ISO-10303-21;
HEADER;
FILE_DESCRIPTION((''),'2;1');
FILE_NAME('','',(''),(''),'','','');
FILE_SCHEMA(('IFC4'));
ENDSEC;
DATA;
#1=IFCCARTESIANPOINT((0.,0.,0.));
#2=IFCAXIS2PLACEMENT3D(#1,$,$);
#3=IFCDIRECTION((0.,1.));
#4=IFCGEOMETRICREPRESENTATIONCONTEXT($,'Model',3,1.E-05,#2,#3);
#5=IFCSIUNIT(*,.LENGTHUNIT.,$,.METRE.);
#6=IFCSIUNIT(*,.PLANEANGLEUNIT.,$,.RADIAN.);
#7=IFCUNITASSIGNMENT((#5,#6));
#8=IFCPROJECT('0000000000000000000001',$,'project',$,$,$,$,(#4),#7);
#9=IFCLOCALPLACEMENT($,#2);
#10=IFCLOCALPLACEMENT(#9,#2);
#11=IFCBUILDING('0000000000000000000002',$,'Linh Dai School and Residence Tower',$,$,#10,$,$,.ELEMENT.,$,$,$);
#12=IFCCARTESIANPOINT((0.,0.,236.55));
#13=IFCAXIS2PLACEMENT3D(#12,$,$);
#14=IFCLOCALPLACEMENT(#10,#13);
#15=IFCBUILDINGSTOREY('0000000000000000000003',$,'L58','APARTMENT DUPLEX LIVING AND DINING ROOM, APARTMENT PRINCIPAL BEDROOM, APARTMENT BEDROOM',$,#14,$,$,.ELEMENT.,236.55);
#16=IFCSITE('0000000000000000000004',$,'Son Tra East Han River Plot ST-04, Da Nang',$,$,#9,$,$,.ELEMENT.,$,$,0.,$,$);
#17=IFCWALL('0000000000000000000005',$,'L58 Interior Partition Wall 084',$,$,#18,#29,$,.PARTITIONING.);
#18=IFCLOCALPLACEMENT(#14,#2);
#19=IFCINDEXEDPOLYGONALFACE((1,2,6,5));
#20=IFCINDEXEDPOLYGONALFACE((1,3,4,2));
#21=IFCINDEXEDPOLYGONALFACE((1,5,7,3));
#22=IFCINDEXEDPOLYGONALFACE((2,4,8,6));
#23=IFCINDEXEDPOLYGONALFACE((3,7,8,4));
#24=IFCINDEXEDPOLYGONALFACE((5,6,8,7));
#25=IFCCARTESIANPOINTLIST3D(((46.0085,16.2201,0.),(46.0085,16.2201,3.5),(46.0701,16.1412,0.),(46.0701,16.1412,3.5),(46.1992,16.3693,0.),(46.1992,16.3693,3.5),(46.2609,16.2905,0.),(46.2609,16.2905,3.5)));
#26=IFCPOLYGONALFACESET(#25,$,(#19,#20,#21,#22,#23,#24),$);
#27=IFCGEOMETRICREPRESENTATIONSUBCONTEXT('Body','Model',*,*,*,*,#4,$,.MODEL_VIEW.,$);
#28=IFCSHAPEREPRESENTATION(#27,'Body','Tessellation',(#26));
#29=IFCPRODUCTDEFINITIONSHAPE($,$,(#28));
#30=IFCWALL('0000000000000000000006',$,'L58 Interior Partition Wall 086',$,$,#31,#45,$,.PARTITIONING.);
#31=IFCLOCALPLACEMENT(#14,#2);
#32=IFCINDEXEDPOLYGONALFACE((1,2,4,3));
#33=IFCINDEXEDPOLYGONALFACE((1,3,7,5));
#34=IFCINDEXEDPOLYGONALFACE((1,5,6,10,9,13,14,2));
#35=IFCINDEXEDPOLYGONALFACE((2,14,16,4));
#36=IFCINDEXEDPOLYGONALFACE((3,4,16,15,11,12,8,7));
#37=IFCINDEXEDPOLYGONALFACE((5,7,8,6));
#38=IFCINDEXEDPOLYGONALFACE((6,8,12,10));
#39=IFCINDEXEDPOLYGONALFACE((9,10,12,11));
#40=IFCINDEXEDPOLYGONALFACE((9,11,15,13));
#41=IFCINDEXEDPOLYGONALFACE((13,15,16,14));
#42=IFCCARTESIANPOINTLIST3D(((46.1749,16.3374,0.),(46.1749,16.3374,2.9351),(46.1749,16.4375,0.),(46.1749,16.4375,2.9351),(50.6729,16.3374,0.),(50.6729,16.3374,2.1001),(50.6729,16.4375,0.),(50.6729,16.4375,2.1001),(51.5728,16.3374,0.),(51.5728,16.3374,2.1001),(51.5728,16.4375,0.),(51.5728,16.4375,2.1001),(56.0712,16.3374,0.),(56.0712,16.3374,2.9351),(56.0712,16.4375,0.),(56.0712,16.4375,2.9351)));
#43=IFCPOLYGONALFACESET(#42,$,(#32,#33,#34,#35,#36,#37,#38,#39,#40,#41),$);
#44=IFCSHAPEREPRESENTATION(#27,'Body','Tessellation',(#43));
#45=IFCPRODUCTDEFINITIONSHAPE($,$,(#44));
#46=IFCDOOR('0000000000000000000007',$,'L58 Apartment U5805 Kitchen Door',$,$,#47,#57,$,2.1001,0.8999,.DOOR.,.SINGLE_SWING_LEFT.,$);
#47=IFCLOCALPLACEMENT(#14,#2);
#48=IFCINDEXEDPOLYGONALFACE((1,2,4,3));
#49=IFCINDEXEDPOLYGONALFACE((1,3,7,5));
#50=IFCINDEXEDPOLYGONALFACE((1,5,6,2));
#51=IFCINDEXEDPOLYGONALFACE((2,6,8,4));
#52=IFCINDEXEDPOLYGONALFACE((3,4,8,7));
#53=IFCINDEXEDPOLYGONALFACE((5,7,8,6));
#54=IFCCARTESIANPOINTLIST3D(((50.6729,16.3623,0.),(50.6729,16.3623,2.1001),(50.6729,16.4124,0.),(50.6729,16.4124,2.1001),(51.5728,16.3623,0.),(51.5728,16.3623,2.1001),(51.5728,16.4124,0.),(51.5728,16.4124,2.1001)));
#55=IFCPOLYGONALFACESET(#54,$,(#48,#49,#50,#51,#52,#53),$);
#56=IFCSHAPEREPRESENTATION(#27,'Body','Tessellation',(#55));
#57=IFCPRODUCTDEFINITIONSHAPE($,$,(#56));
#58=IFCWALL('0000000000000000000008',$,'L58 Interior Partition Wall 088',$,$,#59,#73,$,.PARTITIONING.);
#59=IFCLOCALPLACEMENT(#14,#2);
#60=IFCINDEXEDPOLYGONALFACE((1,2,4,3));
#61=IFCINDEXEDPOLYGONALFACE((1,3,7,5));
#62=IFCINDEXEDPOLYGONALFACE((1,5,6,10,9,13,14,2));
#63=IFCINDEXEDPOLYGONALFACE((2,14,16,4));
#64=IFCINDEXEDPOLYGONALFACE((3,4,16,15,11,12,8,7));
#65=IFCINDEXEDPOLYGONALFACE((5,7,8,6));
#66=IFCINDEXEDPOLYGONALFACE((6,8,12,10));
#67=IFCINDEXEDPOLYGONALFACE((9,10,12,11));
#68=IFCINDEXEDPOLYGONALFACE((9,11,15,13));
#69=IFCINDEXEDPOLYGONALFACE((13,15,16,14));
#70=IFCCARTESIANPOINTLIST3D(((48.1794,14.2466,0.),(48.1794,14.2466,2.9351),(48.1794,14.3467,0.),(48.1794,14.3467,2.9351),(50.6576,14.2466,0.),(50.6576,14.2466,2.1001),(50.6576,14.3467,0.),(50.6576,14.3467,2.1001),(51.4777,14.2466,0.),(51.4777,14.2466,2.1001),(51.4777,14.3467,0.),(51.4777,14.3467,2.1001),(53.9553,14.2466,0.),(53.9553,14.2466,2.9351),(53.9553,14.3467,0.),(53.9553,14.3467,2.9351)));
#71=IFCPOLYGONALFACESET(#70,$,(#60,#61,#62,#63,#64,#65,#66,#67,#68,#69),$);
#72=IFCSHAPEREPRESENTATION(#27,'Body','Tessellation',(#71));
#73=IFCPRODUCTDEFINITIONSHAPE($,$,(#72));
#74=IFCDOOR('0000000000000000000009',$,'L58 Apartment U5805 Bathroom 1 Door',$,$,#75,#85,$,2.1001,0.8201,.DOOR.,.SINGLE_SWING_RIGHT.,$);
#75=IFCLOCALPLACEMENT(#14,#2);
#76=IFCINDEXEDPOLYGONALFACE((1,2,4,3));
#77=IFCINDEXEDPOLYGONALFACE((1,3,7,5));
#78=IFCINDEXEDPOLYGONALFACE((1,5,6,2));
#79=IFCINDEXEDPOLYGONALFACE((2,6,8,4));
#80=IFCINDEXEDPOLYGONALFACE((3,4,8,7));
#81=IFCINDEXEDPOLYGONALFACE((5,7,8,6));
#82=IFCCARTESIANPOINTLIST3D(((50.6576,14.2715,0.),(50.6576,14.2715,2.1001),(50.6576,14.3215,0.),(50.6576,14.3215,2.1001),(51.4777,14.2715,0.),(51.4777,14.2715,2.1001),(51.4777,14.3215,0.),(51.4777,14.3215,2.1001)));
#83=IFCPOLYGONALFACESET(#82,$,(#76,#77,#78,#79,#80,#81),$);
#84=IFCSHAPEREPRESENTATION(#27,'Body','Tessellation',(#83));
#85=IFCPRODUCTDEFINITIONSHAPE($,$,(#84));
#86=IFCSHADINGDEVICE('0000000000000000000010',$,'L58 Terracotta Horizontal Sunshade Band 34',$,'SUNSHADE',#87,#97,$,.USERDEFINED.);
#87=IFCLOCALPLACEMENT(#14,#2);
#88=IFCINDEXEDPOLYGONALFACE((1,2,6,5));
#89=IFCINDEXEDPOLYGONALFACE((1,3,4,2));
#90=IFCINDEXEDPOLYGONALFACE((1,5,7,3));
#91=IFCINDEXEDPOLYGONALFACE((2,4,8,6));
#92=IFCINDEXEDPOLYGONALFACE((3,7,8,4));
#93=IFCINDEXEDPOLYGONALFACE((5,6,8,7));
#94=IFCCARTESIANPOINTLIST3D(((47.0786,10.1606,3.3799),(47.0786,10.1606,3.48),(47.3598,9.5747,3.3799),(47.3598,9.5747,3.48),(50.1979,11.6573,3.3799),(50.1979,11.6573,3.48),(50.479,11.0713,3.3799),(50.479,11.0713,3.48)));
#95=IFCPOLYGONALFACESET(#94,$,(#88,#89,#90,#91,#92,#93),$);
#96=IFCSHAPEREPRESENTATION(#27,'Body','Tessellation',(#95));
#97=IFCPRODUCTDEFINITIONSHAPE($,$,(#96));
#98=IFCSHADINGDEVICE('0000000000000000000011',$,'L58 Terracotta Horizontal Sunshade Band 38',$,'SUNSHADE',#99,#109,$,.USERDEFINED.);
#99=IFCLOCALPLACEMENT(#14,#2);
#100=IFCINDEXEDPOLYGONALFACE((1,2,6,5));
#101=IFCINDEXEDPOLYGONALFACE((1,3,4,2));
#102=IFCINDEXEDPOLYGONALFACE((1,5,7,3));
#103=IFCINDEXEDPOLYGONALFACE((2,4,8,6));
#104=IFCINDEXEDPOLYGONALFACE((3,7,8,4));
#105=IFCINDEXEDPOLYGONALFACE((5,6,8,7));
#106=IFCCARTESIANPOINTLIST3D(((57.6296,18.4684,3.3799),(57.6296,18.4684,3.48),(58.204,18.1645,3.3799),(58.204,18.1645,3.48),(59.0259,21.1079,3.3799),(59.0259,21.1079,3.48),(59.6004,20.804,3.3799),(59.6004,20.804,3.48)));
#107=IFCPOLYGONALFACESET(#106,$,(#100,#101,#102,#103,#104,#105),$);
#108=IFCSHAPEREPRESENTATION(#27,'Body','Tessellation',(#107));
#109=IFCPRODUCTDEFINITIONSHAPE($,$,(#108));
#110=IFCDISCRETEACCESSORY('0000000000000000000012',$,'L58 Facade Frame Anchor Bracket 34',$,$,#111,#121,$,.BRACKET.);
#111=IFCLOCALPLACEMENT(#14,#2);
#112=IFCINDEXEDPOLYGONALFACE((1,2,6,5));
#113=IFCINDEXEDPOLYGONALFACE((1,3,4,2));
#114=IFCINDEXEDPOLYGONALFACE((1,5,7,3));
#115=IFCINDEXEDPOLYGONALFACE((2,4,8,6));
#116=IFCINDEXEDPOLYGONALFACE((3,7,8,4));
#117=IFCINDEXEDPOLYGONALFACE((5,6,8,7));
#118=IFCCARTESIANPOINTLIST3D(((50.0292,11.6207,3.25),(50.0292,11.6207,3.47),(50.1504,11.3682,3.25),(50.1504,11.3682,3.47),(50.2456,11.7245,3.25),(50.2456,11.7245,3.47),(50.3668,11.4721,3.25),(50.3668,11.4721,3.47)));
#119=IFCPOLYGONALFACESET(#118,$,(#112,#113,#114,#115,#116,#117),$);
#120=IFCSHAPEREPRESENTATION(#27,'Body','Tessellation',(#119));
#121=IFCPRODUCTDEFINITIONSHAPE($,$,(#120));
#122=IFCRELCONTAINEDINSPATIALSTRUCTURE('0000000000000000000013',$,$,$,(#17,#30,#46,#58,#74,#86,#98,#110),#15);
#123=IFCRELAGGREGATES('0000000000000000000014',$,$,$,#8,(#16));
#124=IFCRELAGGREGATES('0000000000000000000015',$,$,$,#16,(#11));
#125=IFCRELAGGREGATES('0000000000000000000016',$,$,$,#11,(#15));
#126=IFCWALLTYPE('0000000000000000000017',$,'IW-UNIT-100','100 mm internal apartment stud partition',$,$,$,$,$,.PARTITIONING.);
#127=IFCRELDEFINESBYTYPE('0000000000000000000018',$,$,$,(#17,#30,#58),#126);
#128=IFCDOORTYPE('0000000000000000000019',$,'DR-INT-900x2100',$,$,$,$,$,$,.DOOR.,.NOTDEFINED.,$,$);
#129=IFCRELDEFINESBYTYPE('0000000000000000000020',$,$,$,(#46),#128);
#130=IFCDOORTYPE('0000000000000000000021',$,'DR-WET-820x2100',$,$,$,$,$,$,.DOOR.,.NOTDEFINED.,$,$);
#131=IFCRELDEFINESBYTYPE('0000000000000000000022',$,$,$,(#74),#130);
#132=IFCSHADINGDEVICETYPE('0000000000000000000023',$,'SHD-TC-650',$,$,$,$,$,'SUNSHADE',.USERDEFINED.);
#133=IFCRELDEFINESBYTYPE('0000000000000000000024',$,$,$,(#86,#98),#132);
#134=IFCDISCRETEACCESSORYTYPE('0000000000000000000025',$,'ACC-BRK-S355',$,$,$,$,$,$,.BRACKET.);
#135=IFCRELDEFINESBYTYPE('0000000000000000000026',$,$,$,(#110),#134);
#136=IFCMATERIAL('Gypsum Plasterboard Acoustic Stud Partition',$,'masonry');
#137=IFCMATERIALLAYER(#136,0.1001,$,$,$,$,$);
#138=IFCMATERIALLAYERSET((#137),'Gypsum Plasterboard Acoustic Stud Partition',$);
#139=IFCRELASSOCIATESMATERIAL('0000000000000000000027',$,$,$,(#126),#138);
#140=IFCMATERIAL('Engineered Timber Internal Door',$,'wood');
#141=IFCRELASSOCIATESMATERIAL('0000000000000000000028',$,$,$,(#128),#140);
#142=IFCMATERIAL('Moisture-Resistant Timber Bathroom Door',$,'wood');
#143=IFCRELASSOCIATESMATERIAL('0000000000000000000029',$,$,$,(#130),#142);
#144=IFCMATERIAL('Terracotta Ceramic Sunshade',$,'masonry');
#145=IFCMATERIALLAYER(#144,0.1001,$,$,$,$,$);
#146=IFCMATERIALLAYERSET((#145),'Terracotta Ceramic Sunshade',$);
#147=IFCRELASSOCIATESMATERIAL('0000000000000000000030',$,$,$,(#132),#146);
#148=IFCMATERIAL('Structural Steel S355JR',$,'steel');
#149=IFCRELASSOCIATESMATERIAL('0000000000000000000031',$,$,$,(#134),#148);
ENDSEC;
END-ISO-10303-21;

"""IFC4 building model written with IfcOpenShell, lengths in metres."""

from ifc_helpers import new_model, si_unit, direction, frame, frame_2d, origin, origin_2d, place, context, subcontext, project, spatial, rectangle, extrude, source, transform, mapped, material, layer, layer_set, type_object, element, fill, save


model = new_model("IFC4")

# Units and contexts
model_context = context("Model", 3, precision=1e-05, world=origin(), true_north=direction((0.0, 1.0)))
body_context = subcontext(model_context, "Body", "Model", "MODEL_VIEW")
ifc_project = project(units=[si_unit("LENGTHUNIT", "METRE"), si_unit("PLANEANGLEUNIT", "RADIAN")], contexts=[model_context])

# Site, building, storey
site_placement = place(None, origin())
site = spatial("IfcSite", under=ifc_project, at=site_placement, Name="Son Tra East Han River Plot ST-04, Da Nang", CompositionType="ELEMENT", RefElevation=0.0)
building_placement = place(site_placement, origin())
building = spatial("IfcBuilding", under=site, at=building_placement, Name="Linh Dai School and Residence Tower", CompositionType="ELEMENT")
storey_placement = place(building_placement, frame((0.0, 0.0, 236.55)))
storey = spatial("IfcBuildingStorey", under=building, at=storey_placement, Name="L58", Description="APARTMENT DUPLEX LIVING AND DINING ROOM, APARTMENT PRINCIPAL BEDROOM, APARTMENT BEDROOM", CompositionType="ELEMENT", Elevation=236.55)

# Shared definitions
ifc_material_1 = material(Name="Structural Steel S355JR", Category="steel")

# Wall
ifc_material_2 = material(Name="Gypsum Plasterboard Acoustic Stud Partition", Category="masonry")
ifc_layer_1 = layer(ifc_material_2, 0.1001)
ifc_layer_set_1 = layer_set([ifc_layer_1], Name="Gypsum Plasterboard Acoustic Stud Partition")
wall_type_1 = type_object("IfcWallType", Name="IW-UNIT-100", Description="100 mm internal apartment stud partition", PredefinedType="PARTITIONING", material=ifc_layer_set_1)
wall_1_placement = place(storey_placement, frame((46.0393, 16.1807, 0.0), z_axis=(0.0, 0.0, 1.0), x_axis=(0.787611, 0.616172, 0.0)))
element("IfcWall", 1, at=wall_1_placement, inside=storey, type_object=wall_type_1, Name="L58 Interior Partition Wall 084", PredefinedType="PARTITIONING", context=body_context, shape_type="SweptSolid", body=[
    extrude(rectangle(XDim=0.2422, YDim=0.1001, at=frame_2d((0.1211, 0.0))), origin(), (0.0, 0.0, 1.0), 3.5),
])

# Walls, openings, doors
wall_2_placement = place(storey_placement, frame((46.1748, 16.3875, 0.0), z_axis=(0.0, 0.0, 1.0), x_axis=(1.0, 0.0, 0.0)))
wall_2 = element("IfcWall", 2, at=wall_2_placement, inside=storey, type_object=wall_type_1, Name="L58 Interior Partition Wall 086", PredefinedType="PARTITIONING", context=body_context, shape_type="SweptSolid", body=[
    extrude(rectangle(XDim=9.8962, YDim=0.1001, at=frame_2d((4.9482, 0.0))), origin(), (0.0, 0.0, 1.0), 2.9351),
])
opening_1_placement = place(wall_2_placement, frame((4.498, 0.0, 0.0)))
opening_1 = element("IfcOpeningElement", 3, at=opening_1_placement, cuts=wall_2, PredefinedType="OPENING", context=body_context, shape_type="SweptSolid", body=[
    extrude(rectangle(XDim=0.8999, YDim=2.1001, at=origin_2d()), frame((0.45, 0.0601, 1.05), z_axis=(0.0, -1.0, 0.0), x_axis=(1.0, 0.0, 0.0)), (0.0, 0.0, 1.0), 0.1201),
])
ifc_material_3 = material(Name="Engineered Timber Internal Door", Category="wood")
door_type_1 = type_object("IfcDoorType", Name="DR-INT-900x2100", OperationType="NOTDEFINED", PredefinedType="DOOR", material=ifc_material_3)
shared_shape_1 = source(origin(), body_context, "Body", "SweptSolid", [
    extrude(rectangle(XDim=0.8999, YDim=2.1001, at=origin_2d()), frame((0.45, 0.0249, 1.05), z_axis=(0.0, -1.0, 0.0), x_axis=(1.0, 0.0, 0.0)), (0.0, 0.0, 1.0), 0.05),
])
door_1_placement = place(opening_1_placement, origin())
door_1 = element("IfcDoor", 4, at=door_1_placement, inside=storey, type_object=door_type_1, Name="L58 Apartment U5805 Kitchen Door", OperationType="SINGLE_SWING_LEFT", OverallHeight=2.1001, OverallWidth=0.8999, PredefinedType="DOOR", context=body_context, shape_type="MappedRepresentation", body=[
    mapped(shared_shape_1, transform((0.0, 0.0, 0.0), x_axis=(1.0, 0.0, 0.0), y_axis=(0.0, 1.0, 0.0), z_axis=(0.0, 0.0, 1.0), scale=1.0)),
])
fill(opening_1, door_1)
wall_3_placement = place(storey_placement, frame((48.1794, 14.2966, 0.0), z_axis=(0.0, 0.0, 1.0), x_axis=(1.0, 0.0, 0.0)))
wall_3 = element("IfcWall", 5, at=wall_3_placement, inside=storey, type_object=wall_type_1, Name="L58 Interior Partition Wall 088", PredefinedType="PARTITIONING", context=body_context, shape_type="SweptSolid", body=[
    extrude(rectangle(XDim=5.7759, YDim=0.1001, at=frame_2d((2.8879, 0.0))), origin(), (0.0, 0.0, 1.0), 2.9351),
])
opening_2_placement = place(wall_3_placement, frame((2.478, 0.0, 0.0)))
opening_2 = element("IfcOpeningElement", 6, at=opening_2_placement, cuts=wall_3, PredefinedType="OPENING", context=body_context, shape_type="SweptSolid", body=[
    extrude(rectangle(XDim=0.8201, YDim=2.1001, at=origin_2d()), frame((0.4102, 0.0601, 1.05), z_axis=(0.0, -1.0, 0.0), x_axis=(1.0, 0.0, 0.0)), (0.0, 0.0, 1.0), 0.1201),
])
ifc_material_4 = material(Name="Moisture-Resistant Timber Bathroom Door", Category="wood")
door_type_2 = type_object("IfcDoorType", Name="DR-WET-820x2100", OperationType="NOTDEFINED", PredefinedType="DOOR", material=ifc_material_4)
shared_shape_2 = source(origin(), body_context, "Body", "SweptSolid", [
    extrude(rectangle(XDim=0.8201, YDim=2.1001, at=origin_2d()), frame((0.4102, 0.0249, 1.05), z_axis=(0.0, -1.0, 0.0), x_axis=(1.0, 0.0, 0.0)), (0.0, 0.0, 1.0), 0.05),
])
door_2_placement = place(opening_2_placement, origin())
door_2 = element("IfcDoor", 7, at=door_2_placement, inside=storey, type_object=door_type_2, Name="L58 Apartment U5805 Bathroom 1 Door", OperationType="SINGLE_SWING_RIGHT", OverallHeight=2.1001, OverallWidth=0.8201, PredefinedType="DOOR", context=body_context, shape_type="MappedRepresentation", body=[
    mapped(shared_shape_2, transform((0.0, 0.0, 0.0), x_axis=(1.0, 0.0, 0.0), y_axis=(0.0, 1.0, 0.0), z_axis=(0.0, 0.0, 1.0), scale=1.0)),
])
fill(opening_2, door_2)

# Shading devices
ifc_material_5 = material(Name="Terracotta Ceramic Sunshade", Category="masonry")
ifc_layer_2 = layer(ifc_material_5, 0.1001)
ifc_layer_set_2 = layer_set([ifc_layer_2], Name="Terracotta Ceramic Sunshade")
shading_device_type = type_object("IfcShadingDeviceType", Name="SHD-TC-650", ElementType="SUNSHADE", PredefinedType="USERDEFINED", material=ifc_layer_set_2)
shared_shape_3 = source(origin(), body_context, "Body", "SweptSolid", [
    extrude(rectangle(XDim=3.4597, YDim=0.6499, at=origin_2d()), origin(), (0.0, 0.0, 1.0), 0.1001),
])
shading_device_1_placement = place(storey_placement, frame((48.7788, 10.616, 3.3799), z_axis=(0.0, 0.0, 1.0), x_axis=(-0.901589, -0.432594, 0.0)))
element("IfcShadingDevice", 8, at=shading_device_1_placement, inside=storey, type_object=shading_device_type, Name="L58 Terracotta Horizontal Sunshade Band 34", ObjectType="SUNSHADE", PredefinedType="USERDEFINED", context=body_context, shape_type="MappedRepresentation", body=[
    mapped(shared_shape_3, transform((0.0, 0.0, 0.0), x_axis=(1.0, 0.0, 0.0), y_axis=(0.0, 1.0, 0.0), z_axis=(0.0, 0.0, 1.0), scale=1.0)),
])
shared_shape_4 = source(origin(), body_context, "Body", "SweptSolid", [
    extrude(rectangle(XDim=2.9861, YDim=0.6499, at=origin_2d()), origin(), (0.0, 0.0, 1.0), 0.1001),
])
shading_device_2_placement = place(storey_placement, frame((58.615, 19.6362, 3.3799), z_axis=(0.0, 0.0, 1.0), x_axis=(-0.467621, -0.883929, 0.0)))
element("IfcShadingDevice", 9, at=shading_device_2_placement, inside=storey, type_object=shading_device_type, Name="L58 Terracotta Horizontal Sunshade Band 38", ObjectType="SUNSHADE", PredefinedType="USERDEFINED", context=body_context, shape_type="MappedRepresentation", body=[
    mapped(shared_shape_4, transform((0.0, 0.0, 0.0), x_axis=(1.0, 0.0, 0.0), y_axis=(0.0, 1.0, 0.0), z_axis=(0.0, 0.0, 1.0), scale=1.0)),
])

# Discrete accessory
discrete_accessory_type = type_object("IfcDiscreteAccessoryType", Name="ACC-BRK-S355", PredefinedType="BRACKET", material=ifc_material_1)
shared_shape_5 = source(origin(), body_context, "Body", "SweptSolid", [
    extrude(rectangle(XDim=0.28, YDim=0.24, at=origin_2d()), origin(), (0.0, 0.0, 1.0), 0.22),
])
discrete_accessory_placement = place(storey_placement, frame((50.198, 11.5464, 3.25), z_axis=(0.0, 0.0, 1.0), x_axis=(0.432594, -0.901589, 0.0)))
element("IfcDiscreteAccessory", 10, at=discrete_accessory_placement, inside=storey, type_object=discrete_accessory_type, Name="L58 Facade Frame Anchor Bracket 34", PredefinedType="BRACKET", context=body_context, shape_type="MappedRepresentation", body=[
    mapped(shared_shape_5, transform((0.0, 0.0, 0.0), x_axis=(1.0, 0.0, 0.0), y_axis=(0.0, 1.0, 0.0), z_axis=(0.0, 0.0, 1.0), scale=1.0)),
])

save(model, "model.ifc")
